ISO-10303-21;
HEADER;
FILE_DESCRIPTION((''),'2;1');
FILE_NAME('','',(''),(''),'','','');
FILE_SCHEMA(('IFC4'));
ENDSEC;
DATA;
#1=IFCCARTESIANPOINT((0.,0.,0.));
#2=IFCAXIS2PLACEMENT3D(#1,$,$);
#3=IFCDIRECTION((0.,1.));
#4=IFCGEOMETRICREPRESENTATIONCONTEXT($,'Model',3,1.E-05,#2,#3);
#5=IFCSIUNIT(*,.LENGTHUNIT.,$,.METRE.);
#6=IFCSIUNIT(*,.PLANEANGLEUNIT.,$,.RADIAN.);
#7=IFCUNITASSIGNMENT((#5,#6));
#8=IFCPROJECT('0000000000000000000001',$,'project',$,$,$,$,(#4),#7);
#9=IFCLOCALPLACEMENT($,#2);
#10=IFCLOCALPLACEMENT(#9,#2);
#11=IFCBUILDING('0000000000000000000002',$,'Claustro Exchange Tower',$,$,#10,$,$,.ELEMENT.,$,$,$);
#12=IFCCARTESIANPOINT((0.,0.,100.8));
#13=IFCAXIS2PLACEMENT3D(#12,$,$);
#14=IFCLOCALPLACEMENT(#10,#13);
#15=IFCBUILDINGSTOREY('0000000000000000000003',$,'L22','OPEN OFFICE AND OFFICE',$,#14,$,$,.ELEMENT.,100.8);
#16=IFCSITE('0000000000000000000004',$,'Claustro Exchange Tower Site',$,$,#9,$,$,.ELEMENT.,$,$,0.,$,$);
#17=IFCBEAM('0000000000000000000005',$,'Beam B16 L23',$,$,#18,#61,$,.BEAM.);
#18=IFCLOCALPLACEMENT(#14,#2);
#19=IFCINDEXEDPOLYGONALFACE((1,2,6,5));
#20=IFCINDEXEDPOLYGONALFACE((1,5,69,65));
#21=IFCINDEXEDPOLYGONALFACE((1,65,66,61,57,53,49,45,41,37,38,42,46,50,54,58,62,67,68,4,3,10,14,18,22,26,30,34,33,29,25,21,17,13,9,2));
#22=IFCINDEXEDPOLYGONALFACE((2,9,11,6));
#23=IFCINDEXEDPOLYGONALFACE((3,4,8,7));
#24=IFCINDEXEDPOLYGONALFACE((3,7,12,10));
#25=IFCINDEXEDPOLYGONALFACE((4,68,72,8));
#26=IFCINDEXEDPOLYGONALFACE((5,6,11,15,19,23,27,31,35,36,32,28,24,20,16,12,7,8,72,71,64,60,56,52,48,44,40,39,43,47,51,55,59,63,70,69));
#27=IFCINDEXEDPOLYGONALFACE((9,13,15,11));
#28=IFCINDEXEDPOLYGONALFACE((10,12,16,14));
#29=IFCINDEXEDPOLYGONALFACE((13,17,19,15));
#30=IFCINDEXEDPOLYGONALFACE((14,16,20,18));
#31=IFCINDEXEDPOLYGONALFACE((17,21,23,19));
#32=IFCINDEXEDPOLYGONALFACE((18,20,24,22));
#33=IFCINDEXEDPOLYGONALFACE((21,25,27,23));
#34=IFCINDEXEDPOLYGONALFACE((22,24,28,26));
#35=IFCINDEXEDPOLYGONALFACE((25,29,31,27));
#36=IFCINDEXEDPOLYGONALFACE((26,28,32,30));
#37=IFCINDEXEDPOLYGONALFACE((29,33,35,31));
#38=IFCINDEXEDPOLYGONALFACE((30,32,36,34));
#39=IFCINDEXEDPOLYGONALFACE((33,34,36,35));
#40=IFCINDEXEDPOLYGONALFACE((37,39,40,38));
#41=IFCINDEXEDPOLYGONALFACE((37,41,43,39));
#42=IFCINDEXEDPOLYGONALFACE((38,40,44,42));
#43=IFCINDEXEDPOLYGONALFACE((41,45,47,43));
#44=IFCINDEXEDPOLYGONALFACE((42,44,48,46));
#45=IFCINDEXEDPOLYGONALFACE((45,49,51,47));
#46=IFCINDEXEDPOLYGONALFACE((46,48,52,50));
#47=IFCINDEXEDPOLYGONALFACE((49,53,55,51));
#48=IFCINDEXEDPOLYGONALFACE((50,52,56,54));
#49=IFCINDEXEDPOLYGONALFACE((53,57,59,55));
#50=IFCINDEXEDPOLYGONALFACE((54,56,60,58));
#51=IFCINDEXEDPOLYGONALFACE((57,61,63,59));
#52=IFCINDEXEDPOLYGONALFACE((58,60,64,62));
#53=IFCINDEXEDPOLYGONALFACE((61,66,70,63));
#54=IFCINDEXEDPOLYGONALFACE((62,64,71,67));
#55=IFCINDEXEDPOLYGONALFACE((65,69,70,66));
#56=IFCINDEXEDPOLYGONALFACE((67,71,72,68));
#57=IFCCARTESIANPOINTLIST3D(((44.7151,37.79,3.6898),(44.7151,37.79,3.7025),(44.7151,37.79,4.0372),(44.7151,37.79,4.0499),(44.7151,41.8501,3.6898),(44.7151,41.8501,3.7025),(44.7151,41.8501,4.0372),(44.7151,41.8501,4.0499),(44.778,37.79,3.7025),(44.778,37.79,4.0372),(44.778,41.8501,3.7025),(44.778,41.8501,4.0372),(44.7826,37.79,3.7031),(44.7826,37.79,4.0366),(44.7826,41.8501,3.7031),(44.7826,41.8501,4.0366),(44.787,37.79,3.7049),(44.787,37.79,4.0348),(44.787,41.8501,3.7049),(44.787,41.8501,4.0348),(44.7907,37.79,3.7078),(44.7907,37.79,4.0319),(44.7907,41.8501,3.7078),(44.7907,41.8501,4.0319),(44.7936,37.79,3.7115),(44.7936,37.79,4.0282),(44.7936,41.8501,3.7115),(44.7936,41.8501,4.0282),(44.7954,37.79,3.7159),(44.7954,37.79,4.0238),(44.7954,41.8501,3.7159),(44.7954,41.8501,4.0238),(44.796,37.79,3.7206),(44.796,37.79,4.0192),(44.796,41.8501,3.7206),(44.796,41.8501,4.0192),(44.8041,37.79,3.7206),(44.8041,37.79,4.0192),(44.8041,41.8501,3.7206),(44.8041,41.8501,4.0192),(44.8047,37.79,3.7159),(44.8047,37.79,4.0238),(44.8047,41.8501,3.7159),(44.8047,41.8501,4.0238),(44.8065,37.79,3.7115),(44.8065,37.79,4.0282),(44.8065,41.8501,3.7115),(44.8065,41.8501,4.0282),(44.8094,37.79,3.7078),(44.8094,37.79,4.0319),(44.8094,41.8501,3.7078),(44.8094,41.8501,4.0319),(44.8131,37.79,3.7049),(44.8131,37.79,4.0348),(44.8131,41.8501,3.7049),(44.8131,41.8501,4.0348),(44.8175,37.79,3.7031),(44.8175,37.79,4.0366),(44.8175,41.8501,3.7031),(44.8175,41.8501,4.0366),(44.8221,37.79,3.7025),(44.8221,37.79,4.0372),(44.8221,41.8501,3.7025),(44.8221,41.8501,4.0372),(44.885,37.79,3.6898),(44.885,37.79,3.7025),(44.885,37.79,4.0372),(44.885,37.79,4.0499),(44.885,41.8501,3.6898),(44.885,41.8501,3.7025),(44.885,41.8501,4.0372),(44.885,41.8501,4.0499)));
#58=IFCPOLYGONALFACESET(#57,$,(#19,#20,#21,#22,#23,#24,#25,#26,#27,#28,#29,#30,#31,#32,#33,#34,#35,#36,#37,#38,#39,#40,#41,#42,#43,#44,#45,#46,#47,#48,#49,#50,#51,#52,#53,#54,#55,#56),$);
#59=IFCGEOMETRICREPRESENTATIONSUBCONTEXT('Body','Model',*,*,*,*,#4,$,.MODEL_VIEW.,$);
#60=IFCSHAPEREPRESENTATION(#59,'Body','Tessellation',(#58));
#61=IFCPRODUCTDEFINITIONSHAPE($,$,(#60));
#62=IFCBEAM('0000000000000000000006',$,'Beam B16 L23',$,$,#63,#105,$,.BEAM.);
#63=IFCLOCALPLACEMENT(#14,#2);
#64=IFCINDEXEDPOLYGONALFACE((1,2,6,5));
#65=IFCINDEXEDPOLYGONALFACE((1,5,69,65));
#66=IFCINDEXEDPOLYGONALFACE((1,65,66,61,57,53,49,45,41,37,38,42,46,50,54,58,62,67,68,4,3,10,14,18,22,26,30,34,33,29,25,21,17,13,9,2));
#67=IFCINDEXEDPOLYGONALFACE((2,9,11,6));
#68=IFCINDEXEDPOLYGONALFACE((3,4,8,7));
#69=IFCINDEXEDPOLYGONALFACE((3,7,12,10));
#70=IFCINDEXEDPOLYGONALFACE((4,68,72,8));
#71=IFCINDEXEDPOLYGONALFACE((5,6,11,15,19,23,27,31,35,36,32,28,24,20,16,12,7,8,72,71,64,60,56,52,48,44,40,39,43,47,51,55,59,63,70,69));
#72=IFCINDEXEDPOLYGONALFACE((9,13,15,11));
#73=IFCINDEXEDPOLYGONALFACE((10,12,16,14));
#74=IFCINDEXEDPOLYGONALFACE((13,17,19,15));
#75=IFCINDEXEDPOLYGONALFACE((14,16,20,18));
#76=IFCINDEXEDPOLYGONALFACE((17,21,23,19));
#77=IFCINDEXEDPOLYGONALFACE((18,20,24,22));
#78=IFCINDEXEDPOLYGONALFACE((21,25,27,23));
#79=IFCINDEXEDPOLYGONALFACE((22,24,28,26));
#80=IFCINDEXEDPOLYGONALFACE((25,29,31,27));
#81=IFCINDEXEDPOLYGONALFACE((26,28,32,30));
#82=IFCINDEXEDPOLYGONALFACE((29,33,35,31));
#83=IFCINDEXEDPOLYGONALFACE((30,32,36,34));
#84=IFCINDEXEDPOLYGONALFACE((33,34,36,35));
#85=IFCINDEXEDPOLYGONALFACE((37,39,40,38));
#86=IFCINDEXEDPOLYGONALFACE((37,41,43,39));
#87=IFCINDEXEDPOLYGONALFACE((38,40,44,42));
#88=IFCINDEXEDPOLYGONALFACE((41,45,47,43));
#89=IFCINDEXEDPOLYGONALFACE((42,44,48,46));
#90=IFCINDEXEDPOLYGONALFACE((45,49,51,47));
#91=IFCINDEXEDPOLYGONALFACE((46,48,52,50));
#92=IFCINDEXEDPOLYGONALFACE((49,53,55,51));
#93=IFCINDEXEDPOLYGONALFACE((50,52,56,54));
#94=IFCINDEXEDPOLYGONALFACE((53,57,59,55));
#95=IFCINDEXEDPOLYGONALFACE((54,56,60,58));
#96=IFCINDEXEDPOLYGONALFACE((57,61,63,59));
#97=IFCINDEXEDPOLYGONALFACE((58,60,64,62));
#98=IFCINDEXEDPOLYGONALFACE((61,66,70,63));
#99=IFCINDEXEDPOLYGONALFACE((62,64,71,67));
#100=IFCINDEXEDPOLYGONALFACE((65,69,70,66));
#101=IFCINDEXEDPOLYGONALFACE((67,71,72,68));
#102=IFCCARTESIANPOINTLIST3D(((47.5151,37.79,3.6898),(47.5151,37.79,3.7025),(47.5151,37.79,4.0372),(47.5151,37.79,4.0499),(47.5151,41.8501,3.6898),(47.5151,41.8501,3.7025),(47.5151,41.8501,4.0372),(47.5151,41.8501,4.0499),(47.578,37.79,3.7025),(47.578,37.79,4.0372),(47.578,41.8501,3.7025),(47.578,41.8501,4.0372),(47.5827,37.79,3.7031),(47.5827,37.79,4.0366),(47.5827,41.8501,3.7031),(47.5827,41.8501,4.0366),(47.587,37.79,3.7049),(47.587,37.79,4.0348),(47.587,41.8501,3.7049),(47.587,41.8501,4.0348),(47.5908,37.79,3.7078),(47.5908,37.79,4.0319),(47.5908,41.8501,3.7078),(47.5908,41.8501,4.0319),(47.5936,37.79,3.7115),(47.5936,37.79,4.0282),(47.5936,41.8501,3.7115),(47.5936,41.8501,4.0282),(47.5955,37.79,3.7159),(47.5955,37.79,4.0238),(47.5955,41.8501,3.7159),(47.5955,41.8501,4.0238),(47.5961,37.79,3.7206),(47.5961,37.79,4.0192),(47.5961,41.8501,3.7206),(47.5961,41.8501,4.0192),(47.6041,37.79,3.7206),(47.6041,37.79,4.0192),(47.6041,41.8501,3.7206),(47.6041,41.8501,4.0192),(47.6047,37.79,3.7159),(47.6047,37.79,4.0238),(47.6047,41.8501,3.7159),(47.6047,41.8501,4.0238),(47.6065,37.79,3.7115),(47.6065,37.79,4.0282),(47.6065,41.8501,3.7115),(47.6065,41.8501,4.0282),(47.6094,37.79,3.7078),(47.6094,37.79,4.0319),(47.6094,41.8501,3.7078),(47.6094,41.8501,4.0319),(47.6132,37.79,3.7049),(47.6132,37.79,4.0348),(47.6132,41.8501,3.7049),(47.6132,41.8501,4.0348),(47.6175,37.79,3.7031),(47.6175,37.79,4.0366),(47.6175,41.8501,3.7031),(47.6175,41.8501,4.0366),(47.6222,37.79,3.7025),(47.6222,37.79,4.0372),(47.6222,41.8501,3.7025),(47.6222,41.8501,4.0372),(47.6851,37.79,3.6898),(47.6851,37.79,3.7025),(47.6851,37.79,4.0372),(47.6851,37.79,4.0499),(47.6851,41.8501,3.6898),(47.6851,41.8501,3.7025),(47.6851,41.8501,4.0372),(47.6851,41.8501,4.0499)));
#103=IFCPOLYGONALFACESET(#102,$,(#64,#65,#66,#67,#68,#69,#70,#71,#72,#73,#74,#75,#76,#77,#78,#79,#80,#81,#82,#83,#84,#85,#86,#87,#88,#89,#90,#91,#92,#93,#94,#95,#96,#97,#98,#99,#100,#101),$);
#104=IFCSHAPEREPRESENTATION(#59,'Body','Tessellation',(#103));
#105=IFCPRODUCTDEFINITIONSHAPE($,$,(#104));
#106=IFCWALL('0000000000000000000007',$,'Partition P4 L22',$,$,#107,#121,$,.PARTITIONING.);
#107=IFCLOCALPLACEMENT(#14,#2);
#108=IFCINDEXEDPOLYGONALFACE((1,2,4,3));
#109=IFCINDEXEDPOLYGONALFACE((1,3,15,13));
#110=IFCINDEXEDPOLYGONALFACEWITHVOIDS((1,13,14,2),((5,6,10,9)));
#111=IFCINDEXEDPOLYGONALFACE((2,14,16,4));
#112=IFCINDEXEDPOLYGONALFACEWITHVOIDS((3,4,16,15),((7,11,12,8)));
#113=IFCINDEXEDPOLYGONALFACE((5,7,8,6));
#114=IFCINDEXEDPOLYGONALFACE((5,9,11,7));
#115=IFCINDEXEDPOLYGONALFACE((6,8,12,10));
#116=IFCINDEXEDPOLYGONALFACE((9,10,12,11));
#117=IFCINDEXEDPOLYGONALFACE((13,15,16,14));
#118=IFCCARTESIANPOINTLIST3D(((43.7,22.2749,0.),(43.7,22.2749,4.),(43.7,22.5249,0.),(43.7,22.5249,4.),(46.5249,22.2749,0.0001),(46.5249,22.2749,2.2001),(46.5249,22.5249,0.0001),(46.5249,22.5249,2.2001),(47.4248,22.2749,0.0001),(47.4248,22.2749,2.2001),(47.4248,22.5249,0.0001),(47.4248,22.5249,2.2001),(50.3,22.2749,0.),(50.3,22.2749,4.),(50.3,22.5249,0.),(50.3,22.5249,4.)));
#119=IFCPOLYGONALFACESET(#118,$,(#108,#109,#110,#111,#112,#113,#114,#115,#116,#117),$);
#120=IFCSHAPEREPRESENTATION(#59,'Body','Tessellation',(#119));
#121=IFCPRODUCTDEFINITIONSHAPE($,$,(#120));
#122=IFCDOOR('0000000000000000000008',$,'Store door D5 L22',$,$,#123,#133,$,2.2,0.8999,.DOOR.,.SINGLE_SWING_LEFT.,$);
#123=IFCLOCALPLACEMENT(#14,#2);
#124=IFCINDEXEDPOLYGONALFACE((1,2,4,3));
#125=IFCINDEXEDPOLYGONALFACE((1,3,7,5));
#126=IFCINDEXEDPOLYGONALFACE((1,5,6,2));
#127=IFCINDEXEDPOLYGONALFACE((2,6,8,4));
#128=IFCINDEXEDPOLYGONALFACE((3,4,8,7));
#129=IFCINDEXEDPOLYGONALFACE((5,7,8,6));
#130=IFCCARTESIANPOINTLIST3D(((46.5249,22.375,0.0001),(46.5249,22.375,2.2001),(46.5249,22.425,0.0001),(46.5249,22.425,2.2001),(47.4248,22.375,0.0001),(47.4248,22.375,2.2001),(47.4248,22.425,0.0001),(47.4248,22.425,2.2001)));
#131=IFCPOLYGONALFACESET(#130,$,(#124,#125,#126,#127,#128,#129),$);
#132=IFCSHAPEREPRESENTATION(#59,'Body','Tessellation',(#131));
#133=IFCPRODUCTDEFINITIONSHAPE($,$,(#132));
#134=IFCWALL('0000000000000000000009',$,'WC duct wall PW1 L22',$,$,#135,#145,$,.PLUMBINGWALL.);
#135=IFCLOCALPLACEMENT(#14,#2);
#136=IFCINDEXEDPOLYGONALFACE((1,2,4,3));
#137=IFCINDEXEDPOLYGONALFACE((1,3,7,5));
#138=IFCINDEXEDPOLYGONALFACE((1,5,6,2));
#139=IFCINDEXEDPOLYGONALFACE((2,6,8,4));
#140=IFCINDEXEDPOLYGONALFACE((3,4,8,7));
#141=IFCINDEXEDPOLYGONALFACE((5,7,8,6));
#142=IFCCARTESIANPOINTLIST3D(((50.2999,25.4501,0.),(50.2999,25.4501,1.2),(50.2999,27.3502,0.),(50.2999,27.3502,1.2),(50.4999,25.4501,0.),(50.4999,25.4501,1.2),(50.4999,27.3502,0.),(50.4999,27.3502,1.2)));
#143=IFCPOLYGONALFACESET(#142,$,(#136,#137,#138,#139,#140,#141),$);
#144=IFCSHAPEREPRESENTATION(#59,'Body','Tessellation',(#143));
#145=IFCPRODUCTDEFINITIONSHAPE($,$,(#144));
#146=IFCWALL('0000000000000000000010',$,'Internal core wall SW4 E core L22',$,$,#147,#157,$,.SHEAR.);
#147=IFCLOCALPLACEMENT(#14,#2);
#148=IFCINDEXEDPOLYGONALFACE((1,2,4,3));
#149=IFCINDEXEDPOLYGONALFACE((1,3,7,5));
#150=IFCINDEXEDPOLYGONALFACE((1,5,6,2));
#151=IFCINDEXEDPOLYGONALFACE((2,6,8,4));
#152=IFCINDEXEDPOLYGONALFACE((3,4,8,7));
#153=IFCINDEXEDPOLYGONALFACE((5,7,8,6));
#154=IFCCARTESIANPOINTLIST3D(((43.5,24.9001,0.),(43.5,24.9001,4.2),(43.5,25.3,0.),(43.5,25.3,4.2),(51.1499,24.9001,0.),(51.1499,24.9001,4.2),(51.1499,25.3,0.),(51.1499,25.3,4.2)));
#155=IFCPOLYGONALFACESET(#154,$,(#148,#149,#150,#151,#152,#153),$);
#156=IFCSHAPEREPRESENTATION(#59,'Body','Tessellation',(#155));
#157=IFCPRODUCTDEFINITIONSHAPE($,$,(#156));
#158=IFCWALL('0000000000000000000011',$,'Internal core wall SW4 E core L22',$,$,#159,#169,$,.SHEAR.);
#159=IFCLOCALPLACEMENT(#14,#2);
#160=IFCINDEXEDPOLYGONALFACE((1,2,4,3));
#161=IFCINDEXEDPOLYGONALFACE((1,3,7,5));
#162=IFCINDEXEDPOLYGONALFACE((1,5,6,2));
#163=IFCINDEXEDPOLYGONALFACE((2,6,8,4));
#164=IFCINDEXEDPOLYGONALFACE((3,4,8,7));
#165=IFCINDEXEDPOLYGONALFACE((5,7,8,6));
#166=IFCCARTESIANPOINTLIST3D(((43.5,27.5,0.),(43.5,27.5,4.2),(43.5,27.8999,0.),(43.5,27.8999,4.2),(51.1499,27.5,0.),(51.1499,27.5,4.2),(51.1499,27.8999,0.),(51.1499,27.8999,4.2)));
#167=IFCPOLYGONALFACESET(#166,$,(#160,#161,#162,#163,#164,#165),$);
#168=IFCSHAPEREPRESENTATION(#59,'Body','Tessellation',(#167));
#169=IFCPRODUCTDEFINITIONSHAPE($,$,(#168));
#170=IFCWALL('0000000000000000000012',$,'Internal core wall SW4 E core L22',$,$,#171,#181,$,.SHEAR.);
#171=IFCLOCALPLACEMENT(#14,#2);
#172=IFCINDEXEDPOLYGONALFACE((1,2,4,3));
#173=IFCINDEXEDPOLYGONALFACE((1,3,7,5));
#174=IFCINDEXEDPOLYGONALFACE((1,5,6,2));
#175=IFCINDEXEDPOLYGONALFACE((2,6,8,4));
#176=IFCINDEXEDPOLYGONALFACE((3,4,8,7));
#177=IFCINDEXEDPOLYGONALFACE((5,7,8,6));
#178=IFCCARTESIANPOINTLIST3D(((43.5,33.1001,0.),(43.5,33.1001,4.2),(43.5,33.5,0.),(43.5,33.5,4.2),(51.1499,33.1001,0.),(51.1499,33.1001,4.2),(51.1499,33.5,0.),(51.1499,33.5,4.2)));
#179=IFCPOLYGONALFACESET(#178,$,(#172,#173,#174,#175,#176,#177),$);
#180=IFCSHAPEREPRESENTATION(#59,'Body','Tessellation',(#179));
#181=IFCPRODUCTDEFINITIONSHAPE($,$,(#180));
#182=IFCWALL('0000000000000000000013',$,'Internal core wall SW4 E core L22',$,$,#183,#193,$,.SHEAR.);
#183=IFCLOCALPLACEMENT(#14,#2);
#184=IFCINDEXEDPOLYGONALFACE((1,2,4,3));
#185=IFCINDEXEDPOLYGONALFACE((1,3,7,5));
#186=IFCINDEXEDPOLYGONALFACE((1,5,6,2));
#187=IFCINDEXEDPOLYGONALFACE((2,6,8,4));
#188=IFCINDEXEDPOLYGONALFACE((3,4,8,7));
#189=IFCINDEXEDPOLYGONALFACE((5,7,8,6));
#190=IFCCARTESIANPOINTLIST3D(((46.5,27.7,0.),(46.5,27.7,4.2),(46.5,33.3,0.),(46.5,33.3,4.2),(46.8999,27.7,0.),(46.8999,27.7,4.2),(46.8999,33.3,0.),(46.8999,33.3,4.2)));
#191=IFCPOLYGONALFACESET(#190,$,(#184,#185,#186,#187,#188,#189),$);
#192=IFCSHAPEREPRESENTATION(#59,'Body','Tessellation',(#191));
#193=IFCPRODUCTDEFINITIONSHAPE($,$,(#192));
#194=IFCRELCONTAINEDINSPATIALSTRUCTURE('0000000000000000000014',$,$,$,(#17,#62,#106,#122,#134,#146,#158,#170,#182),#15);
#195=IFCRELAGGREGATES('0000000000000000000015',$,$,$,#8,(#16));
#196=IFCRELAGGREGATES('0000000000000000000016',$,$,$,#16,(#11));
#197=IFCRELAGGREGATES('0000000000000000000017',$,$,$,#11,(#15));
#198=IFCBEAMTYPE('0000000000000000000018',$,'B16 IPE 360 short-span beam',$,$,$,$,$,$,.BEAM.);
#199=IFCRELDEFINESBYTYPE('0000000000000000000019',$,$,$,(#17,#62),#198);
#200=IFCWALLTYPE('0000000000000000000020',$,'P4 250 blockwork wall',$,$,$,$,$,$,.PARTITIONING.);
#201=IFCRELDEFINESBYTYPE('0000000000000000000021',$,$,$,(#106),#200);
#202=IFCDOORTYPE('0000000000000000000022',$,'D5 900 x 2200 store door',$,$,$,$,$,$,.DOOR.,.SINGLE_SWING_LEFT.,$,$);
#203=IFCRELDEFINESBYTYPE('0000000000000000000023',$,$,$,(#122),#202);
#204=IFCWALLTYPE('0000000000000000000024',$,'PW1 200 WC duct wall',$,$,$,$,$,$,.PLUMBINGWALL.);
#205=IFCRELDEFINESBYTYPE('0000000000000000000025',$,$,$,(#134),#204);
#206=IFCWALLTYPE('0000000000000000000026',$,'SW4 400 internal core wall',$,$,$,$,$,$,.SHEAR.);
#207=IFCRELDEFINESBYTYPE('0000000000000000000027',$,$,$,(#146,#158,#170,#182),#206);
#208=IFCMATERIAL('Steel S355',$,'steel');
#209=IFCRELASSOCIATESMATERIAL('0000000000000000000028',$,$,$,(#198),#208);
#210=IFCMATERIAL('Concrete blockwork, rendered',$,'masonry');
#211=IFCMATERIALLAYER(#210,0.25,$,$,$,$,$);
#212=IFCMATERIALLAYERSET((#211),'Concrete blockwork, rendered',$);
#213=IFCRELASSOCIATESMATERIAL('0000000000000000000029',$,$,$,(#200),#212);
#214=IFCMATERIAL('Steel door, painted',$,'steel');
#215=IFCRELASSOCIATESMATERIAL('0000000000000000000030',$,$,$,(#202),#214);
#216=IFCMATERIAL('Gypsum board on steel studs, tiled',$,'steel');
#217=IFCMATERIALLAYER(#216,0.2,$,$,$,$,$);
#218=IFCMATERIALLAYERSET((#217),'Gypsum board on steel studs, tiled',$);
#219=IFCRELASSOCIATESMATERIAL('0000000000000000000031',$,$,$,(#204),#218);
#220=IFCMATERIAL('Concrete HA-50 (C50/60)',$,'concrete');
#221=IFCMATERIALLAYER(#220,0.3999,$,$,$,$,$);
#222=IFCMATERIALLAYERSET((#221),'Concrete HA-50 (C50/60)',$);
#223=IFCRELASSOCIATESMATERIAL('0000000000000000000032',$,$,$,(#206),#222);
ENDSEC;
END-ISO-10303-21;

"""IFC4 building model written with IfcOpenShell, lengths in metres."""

from ifc_helpers import new_model, si_unit, direction, frame, frame_2d, origin, origin_2d, place, context, subcontext, project, spatial, rectangle, i_section, extrude, material, layer, layer_set, material_profile, profile_set, type_object, element, fill, save


model = new_model("IFC4")

# Units and contexts
model_context = context("Model", 3, precision=1e-05, world=origin(), true_north=direction((0.0, 1.0)))
body_context = subcontext(model_context, "Body", "Model", "MODEL_VIEW")
ifc_project = project(units=[si_unit("LENGTHUNIT", "METRE"), si_unit("PLANEANGLEUNIT", "RADIAN")], contexts=[model_context])

# Site, building, storey
site_placement = place(None, origin())
site = spatial("IfcSite", under=ifc_project, at=site_placement, Name="Claustro Exchange Tower Site", CompositionType="ELEMENT", RefElevation=0.0)
building_placement = place(site_placement, origin())
building = spatial("IfcBuilding", under=site, at=building_placement, Name="Claustro Exchange Tower", CompositionType="ELEMENT")
storey_placement = place(building_placement, frame((0.0, 0.0, 100.8)))
storey = spatial("IfcBuildingStorey", under=building, at=storey_placement, Name="L22", Description="OPEN OFFICE AND OFFICE", CompositionType="ELEMENT", Elevation=100.8)

# Beams
ifc_material_1 = material(Name="Steel S355", Category="steel")
ifc_material_profile = material_profile(ifc_material_1, i_section(OverallWidth=0.1699, OverallDepth=0.3601, WebThickness=0.0081, FlangeThickness=0.0127, FilletRadius=0.0181, at=origin_2d()), Name="IPE 360")
ifc_profile_set = profile_set([ifc_material_profile], Name="Steel S355")
beam_type = type_object("IfcBeamType", Name="B16 IPE 360 short-span beam", PredefinedType="BEAM", material=ifc_profile_set)
for number, where, z_axis, x_axis, name in (
    (1, (44.8, 37.79, 3.8699), (0.0, 1.0, 0.0), (-1.0, 0.0, 0.0), "Beam B16 L23"),
    (2, (47.6001, 37.79, 3.8699), (0.0, 1.0, 0.0), (-1.0, 0.0, 0.0), "Beam B16 L23"),
):
    element("IfcBeam", number, at=place(storey_placement, frame(where, z_axis=z_axis, x_axis=x_axis)), inside=storey, type_object=beam_type, Name=name, PredefinedType="BEAM", context=body_context, shape_type="SweptSolid", body=[
        extrude(i_section(OverallWidth=0.1699, OverallDepth=0.3601, WebThickness=0.0081, FlangeThickness=0.0127, FilletRadius=0.0181, at=origin_2d()), origin(), (0.0, 0.0, 1.0), 4.0601),
    ])

# Wall, opening, door
ifc_material_2 = material(Name="Concrete blockwork, rendered", Category="masonry")
ifc_layer_1 = layer(ifc_material_2, 0.25)
ifc_layer_set_1 = layer_set([ifc_layer_1], Name="Concrete blockwork, rendered")
wall_type_1 = type_object("IfcWallType", Name="P4 250 blockwork wall", PredefinedType="PARTITIONING", material=ifc_layer_set_1)
wall_1_placement = place(storey_placement, frame((43.7, 22.3999, 0.0), z_axis=(0.0, 0.0, 1.0), x_axis=(1.0, 0.0, 0.0)))
wall_1 = element("IfcWall", 3, at=wall_1_placement, inside=storey, type_object=wall_type_1, Name="Partition P4 L22", PredefinedType="PARTITIONING", context=body_context, shape_type="SweptSolid", body=[
    extrude(rectangle(XDim=6.6001, YDim=0.25, at=frame_2d((3.3, 0.0))), origin(), (0.0, 0.0, 1.0), 4.0),
])
opening_placement = place(wall_1_placement, frame((2.825, 0.0, 0.0)))
opening = element("IfcOpeningElement", 4, at=opening_placement, cuts=wall_1, PredefinedType="OPENING", context=body_context, shape_type="SweptSolid", body=[
    extrude(rectangle(XDim=0.8999, YDim=2.2, at=frame_2d((0.45, 1.1001))), frame((0.0, 0.135, 0.0), z_axis=(0.0, -1.0, 0.0), x_axis=(1.0, 0.0, 0.0)), (0.0, 0.0, 1.0), 0.27),
])
ifc_material_3 = material(Name="Steel door, painted", Category="steel")
door_type = type_object("IfcDoorType", Name="D5 900 x 2200 store door", OperationType="SINGLE_SWING_LEFT", PredefinedType="DOOR", material=ifc_material_3)
door_placement = place(opening_placement, frame((0.8999, 0.0, 0.0), z_axis=(0.0, 0.0, 1.0), x_axis=(-1.0, 0.0, 0.0)))
door = element("IfcDoor", 5, at=door_placement, inside=storey, type_object=door_type, Name="Store door D5 L22", OperationType="SINGLE_SWING_LEFT", OverallHeight=2.2, OverallWidth=0.8999, PredefinedType="DOOR", context=body_context, shape_type="SweptSolid", body=[
    extrude(rectangle(XDim=0.8999, YDim=2.2, at=frame_2d((0.45, 1.1001))), frame((0.0, 0.0249, 0.0), z_axis=(0.0, -1.0, 0.0), x_axis=(1.0, 0.0, 0.0)), (0.0, 0.0, 1.0), 0.05),
])
fill(opening, door)

# Walls
ifc_material_4 = material(Name="Gypsum board on steel studs, tiled", Category="steel")
ifc_layer_2 = layer(ifc_material_4, 0.2)
ifc_layer_set_2 = layer_set([ifc_layer_2], Name="Gypsum board on steel studs, tiled")
wall_type_2 = type_object("IfcWallType", Name="PW1 200 WC duct wall", PredefinedType="PLUMBINGWALL", material=ifc_layer_set_2)
wall_2_placement = place(storey_placement, frame((50.3999, 25.45, 0.0), z_axis=(0.0, 0.0, 1.0), x_axis=(0.0, 1.0, 0.0)))
element("IfcWall", 6, at=wall_2_placement, inside=storey, type_object=wall_type_2, Name="WC duct wall PW1 L22", PredefinedType="PLUMBINGWALL", context=body_context, shape_type="SweptSolid", body=[
    extrude(rectangle(XDim=1.9001, YDim=0.2, at=frame_2d((0.9502, 0.0))), origin(), (0.0, 0.0, 1.0), 1.2),
])
ifc_material_5 = material(Name="Concrete HA-50 (C50/60)", Category="concrete")
ifc_layer_3 = layer(ifc_material_5, 0.3999)
ifc_layer_set_3 = layer_set([ifc_layer_3], Name="Concrete HA-50 (C50/60)")
wall_type_3 = type_object("IfcWallType", Name="SW4 400 internal core wall", PredefinedType="SHEAR", material=ifc_layer_set_3)
for number, where, z_axis, x_axis, name in (
    (7, (51.1499, 25.1001, 0.0), (0.0, 0.0, 1.0), (-1.0, 0.0, 0.0), "Internal core wall SW4 E core L22"),
    (8, (51.1499, 27.7, 0.0), (0.0, 0.0, 1.0), (-1.0, 0.0, 0.0), "Internal core wall SW4 E core L22"),
    (9, (51.1499, 33.3, 0.0), (0.0, 0.0, 1.0), (-1.0, 0.0, 0.0), "Internal core wall SW4 E core L22"),
):
    element("IfcWall", number, at=place(storey_placement, frame(where, z_axis=z_axis, x_axis=x_axis)), inside=storey, type_object=wall_type_3, Name=name, PredefinedType="SHEAR", context=body_context, shape_type="SweptSolid", body=[
        extrude(rectangle(XDim=7.6499, YDim=0.3999, at=frame_2d((3.825, 0.0))), origin(), (0.0, 0.0, 1.0), 4.2),
    ])
wall_3_placement = place(storey_placement, frame((46.7, 27.7, 0.0), z_axis=(0.0, 0.0, 1.0), x_axis=(0.0, 1.0, 0.0)))
element("IfcWall", 10, at=wall_3_placement, inside=storey, type_object=wall_type_3, Name="Internal core wall SW4 E core L22", PredefinedType="SHEAR", context=body_context, shape_type="SweptSolid", body=[
    extrude(rectangle(XDim=5.6001, YDim=0.3999, at=frame_2d((2.8, 0.0))), origin(), (0.0, 0.0, 1.0), 4.2),
])

save(model, "model.ifc")
